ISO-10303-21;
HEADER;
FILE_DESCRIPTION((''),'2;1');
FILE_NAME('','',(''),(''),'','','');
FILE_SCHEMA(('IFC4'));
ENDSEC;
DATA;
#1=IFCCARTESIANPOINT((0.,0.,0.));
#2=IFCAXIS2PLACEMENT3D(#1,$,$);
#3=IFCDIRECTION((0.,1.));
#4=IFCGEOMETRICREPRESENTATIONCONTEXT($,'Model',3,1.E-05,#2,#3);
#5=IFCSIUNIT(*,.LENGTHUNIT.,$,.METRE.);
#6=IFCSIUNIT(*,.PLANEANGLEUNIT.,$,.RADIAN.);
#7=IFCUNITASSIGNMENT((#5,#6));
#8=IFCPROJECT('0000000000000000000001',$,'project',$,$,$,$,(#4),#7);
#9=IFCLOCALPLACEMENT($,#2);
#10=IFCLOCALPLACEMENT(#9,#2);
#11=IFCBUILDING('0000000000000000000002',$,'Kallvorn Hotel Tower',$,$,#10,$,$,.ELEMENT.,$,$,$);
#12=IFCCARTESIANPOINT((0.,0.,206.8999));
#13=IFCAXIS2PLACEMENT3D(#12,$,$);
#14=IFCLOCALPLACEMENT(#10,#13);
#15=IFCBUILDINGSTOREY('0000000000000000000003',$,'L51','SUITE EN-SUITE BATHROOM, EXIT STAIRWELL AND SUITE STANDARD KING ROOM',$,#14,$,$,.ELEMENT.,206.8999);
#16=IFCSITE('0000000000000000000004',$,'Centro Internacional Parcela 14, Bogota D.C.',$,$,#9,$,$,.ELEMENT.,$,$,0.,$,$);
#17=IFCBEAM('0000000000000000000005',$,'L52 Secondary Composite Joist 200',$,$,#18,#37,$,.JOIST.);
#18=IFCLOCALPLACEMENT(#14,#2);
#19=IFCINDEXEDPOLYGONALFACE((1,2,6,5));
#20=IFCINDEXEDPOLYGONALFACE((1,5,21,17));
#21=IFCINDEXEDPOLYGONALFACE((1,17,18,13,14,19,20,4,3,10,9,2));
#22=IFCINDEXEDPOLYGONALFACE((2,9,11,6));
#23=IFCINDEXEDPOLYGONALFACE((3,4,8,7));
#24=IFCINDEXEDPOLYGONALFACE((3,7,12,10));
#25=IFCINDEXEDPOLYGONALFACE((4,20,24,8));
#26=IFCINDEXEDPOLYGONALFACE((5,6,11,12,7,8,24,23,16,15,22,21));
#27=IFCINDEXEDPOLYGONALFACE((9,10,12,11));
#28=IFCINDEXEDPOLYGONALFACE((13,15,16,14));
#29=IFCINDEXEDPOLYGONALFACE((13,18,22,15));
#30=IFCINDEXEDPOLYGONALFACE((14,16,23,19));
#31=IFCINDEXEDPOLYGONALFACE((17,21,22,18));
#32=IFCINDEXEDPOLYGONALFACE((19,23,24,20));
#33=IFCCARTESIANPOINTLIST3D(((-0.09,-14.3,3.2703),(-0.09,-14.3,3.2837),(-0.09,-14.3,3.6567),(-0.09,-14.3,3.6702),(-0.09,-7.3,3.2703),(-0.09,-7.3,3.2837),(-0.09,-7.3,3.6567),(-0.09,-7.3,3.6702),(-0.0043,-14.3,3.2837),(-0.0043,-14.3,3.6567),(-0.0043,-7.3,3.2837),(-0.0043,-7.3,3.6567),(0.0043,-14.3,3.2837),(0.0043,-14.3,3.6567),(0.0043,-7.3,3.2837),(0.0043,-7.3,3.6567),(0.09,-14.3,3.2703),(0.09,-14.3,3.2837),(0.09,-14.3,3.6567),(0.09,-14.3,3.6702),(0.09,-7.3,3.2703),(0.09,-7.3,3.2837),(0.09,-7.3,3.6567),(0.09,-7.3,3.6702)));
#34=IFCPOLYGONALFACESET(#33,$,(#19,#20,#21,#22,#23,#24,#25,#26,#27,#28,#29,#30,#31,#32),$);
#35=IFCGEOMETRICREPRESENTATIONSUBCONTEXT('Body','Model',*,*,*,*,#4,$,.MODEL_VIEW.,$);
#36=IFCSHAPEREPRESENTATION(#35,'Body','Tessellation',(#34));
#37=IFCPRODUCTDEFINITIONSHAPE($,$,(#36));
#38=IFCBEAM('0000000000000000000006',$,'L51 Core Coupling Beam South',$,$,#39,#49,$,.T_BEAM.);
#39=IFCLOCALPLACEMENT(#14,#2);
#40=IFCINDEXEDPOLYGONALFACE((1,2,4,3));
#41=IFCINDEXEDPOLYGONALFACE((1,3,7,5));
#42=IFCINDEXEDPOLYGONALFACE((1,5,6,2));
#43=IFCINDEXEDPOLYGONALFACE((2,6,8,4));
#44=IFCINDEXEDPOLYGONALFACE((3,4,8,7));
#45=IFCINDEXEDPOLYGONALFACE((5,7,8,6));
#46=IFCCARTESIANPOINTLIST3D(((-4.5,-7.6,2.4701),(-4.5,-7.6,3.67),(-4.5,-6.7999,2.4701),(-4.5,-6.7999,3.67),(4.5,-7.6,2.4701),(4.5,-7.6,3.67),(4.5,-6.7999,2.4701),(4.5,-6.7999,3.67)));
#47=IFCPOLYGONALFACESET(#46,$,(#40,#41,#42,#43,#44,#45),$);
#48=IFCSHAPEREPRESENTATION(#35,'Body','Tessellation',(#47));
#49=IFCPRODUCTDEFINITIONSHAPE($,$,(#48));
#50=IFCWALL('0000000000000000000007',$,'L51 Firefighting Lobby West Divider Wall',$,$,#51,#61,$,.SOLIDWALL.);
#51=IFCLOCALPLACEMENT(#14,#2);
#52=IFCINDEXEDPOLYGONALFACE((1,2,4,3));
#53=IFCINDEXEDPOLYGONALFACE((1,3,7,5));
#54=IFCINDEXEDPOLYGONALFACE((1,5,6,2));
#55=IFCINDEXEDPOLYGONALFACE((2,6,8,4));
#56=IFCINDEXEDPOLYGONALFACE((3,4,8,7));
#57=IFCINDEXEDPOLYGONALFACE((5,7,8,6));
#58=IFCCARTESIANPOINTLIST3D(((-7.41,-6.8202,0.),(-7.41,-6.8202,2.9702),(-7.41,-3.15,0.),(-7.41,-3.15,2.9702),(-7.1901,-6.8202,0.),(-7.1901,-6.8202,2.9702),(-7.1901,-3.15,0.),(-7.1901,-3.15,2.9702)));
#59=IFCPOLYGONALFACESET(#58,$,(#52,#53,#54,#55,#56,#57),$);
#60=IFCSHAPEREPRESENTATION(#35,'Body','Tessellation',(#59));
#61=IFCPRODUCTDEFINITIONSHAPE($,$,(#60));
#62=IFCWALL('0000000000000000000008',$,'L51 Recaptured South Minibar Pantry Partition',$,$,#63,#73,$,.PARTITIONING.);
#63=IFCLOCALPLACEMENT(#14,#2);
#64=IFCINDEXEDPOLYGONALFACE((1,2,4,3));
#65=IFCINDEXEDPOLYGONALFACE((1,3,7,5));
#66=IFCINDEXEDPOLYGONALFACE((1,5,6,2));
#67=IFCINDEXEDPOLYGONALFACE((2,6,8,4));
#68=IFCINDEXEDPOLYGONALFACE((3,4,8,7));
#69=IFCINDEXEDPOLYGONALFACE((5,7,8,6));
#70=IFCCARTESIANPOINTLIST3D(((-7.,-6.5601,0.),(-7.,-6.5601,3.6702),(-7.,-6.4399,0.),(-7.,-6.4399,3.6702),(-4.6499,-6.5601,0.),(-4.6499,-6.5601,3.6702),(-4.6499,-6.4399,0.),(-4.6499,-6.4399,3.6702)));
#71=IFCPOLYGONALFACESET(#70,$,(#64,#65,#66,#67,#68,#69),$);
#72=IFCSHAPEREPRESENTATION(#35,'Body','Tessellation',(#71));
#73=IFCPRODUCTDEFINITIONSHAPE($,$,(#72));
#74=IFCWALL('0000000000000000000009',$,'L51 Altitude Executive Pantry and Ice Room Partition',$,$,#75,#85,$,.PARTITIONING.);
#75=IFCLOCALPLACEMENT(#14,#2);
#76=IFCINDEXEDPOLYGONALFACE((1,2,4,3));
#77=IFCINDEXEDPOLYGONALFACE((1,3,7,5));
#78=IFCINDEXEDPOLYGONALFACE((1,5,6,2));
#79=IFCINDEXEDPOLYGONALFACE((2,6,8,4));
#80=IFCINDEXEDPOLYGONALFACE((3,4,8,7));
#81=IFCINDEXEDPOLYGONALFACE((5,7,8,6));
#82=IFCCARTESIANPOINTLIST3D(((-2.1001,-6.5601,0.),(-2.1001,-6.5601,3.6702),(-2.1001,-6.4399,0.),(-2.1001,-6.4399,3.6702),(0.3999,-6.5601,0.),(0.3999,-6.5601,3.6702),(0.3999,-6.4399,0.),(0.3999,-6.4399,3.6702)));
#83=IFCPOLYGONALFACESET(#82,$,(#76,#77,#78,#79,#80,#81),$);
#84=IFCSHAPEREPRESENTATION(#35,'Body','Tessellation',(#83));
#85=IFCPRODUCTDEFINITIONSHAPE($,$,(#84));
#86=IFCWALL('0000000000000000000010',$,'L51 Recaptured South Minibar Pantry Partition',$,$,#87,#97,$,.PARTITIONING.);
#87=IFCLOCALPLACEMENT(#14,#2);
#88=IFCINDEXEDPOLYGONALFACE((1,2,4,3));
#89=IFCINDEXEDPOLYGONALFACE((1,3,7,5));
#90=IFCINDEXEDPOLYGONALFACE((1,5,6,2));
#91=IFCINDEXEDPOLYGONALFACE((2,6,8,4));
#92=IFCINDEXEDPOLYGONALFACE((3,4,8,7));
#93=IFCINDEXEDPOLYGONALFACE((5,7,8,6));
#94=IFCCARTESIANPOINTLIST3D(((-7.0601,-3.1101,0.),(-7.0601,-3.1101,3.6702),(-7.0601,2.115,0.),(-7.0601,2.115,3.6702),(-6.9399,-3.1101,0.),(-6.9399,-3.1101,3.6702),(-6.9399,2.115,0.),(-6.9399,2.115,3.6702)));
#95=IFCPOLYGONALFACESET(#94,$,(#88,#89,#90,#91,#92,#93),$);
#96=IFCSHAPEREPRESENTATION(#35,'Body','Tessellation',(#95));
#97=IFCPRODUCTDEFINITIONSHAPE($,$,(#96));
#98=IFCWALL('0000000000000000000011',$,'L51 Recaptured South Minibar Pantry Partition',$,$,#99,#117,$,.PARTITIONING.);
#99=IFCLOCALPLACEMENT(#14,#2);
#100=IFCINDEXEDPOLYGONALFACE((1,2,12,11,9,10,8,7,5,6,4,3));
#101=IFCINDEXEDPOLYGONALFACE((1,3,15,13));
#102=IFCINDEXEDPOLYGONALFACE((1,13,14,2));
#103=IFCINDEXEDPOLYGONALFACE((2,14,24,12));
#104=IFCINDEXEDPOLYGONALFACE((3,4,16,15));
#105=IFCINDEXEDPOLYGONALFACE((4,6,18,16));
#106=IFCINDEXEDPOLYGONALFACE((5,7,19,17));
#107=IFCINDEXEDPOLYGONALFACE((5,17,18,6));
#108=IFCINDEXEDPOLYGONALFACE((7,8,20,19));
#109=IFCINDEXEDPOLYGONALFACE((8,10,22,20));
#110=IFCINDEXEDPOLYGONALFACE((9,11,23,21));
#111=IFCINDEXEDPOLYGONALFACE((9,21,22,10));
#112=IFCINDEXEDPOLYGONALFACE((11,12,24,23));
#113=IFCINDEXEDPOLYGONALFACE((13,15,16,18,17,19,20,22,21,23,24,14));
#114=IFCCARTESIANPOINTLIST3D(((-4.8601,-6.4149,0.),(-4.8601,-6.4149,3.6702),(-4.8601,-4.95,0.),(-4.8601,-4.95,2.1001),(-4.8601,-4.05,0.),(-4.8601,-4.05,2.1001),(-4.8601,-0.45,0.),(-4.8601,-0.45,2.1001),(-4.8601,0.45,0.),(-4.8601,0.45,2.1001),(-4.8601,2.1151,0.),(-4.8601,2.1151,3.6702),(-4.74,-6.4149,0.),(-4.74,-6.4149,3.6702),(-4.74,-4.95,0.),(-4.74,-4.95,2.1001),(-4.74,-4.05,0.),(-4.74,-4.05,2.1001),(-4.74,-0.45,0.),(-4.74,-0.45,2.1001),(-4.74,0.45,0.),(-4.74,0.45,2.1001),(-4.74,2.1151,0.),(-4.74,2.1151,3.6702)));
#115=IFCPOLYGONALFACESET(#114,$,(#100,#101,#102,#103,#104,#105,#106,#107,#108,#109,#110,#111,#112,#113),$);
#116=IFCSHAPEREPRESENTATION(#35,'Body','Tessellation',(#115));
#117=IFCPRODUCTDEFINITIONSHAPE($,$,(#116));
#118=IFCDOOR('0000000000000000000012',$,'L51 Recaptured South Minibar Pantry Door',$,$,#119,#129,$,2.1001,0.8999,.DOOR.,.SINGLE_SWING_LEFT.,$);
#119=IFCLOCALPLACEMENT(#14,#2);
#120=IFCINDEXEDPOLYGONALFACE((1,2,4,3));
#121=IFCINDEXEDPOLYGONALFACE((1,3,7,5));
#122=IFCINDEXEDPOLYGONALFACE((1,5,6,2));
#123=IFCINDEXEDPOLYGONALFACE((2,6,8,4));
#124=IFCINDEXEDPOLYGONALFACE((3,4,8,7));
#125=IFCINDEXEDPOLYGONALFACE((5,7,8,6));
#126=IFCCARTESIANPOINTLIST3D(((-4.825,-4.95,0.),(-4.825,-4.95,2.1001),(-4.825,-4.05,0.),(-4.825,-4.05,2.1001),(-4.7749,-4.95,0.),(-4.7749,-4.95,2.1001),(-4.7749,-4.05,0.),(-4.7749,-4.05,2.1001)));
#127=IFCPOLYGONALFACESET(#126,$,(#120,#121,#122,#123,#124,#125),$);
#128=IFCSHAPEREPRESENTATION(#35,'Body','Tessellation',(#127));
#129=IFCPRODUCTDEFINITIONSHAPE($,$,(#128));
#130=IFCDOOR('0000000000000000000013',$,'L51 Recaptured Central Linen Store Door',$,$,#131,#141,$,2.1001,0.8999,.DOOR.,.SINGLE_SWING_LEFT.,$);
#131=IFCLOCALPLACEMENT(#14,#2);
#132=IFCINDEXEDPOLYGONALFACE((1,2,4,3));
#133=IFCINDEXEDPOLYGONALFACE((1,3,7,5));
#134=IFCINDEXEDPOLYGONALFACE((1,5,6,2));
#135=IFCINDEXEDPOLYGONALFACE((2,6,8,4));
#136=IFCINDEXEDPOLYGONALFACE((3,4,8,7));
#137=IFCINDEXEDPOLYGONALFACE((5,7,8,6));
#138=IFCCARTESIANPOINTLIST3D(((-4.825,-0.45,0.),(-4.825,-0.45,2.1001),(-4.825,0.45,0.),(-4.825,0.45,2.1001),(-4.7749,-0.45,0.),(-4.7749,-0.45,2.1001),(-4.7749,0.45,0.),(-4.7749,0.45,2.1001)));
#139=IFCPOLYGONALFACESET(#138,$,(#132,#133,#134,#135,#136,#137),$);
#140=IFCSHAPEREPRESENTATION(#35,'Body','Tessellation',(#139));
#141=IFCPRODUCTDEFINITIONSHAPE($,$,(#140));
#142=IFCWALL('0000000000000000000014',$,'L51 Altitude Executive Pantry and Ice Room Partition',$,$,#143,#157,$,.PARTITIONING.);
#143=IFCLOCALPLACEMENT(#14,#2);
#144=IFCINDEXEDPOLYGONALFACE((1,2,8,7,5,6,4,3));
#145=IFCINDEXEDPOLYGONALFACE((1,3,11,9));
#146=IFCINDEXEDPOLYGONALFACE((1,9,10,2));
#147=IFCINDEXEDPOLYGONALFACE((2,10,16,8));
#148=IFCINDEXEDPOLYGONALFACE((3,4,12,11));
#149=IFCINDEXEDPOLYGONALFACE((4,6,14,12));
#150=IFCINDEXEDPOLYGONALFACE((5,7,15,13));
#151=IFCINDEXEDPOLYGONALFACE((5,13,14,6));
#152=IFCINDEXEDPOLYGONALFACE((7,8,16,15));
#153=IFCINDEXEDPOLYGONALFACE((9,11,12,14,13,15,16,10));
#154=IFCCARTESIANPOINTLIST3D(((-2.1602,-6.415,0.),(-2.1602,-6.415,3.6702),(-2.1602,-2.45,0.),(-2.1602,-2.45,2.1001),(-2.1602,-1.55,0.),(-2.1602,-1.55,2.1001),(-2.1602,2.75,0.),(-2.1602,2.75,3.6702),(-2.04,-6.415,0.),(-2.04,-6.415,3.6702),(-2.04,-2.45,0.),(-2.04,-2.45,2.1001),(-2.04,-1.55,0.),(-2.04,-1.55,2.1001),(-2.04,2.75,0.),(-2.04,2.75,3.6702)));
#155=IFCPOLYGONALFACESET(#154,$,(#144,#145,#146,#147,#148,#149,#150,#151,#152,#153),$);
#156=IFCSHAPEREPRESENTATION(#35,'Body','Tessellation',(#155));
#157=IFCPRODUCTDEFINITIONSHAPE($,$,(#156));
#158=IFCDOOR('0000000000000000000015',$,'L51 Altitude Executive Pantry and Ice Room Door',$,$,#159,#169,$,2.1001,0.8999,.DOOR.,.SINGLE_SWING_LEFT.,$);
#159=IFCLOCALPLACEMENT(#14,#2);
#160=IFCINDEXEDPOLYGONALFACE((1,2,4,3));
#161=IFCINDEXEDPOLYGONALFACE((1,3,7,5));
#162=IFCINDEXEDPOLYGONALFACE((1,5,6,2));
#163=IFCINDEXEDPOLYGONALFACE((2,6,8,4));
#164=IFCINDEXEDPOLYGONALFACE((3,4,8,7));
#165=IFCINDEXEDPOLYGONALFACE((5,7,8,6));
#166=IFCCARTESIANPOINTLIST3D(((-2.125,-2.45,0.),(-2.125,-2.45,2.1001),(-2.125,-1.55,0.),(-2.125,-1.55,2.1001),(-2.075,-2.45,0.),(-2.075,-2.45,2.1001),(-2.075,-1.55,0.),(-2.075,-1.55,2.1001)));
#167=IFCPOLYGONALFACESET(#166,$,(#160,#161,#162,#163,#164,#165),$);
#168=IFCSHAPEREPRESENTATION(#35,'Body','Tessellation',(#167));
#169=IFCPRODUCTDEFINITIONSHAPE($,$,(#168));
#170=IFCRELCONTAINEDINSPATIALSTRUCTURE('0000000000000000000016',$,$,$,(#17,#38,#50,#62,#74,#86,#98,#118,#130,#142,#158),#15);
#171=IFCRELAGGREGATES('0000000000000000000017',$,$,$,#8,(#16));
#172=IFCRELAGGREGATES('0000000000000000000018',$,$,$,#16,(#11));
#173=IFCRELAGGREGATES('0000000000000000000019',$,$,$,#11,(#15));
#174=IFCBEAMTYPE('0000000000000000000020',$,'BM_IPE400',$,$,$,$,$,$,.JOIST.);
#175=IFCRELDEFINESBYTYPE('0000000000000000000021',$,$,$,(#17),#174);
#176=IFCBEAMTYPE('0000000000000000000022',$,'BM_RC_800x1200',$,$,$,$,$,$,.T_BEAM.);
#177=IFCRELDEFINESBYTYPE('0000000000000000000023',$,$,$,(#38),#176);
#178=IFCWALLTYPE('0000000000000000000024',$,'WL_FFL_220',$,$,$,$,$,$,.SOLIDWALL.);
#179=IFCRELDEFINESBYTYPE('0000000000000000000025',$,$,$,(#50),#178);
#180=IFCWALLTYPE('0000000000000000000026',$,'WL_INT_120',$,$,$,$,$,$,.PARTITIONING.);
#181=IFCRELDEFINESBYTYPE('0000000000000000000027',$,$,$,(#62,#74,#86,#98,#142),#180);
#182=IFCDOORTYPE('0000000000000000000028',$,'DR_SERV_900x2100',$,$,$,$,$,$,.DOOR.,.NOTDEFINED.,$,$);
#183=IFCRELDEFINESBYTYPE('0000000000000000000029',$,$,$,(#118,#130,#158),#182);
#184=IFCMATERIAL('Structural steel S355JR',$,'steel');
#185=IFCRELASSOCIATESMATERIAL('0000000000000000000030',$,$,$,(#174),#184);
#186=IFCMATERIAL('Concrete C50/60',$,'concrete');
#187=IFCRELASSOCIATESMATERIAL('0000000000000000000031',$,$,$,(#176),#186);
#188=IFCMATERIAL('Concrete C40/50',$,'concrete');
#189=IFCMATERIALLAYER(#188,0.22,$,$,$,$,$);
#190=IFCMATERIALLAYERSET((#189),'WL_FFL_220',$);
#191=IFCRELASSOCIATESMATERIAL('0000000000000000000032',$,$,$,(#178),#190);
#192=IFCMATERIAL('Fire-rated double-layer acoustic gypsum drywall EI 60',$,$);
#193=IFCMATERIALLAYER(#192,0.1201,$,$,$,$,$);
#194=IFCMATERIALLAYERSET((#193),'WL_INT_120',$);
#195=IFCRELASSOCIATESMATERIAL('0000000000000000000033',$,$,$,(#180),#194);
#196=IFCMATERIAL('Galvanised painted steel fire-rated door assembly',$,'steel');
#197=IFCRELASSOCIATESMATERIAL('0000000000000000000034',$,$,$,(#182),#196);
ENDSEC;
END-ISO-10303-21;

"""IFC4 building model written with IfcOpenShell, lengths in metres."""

from ifc_helpers import new_model, si_unit, direction, frame, frame_2d, origin, origin_2d, place, context, subcontext, project, spatial, rectangle, i_section, extrude, material, layer, layer_set, material_profile, profile_set, type_object, element, fill, save


model = new_model("IFC4")

# Units and contexts
model_context = context("Model", 3, precision=1e-05, world=origin(), true_north=direction((0.0, 1.0)))
body_context = subcontext(model_context, "Body", "Model", "MODEL_VIEW")
ifc_project = project(units=[si_unit("LENGTHUNIT", "METRE"), si_unit("PLANEANGLEUNIT", "RADIAN")], contexts=[model_context])

# Site, building, storey
site_placement = place(None, origin())
site = spatial("IfcSite", under=ifc_project, at=site_placement, Name="Centro Internacional Parcela 14, Bogota D.C.", CompositionType="ELEMENT", RefElevation=0.0)
building_placement = place(site_placement, origin())
building = spatial("IfcBuilding", under=site, at=building_placement, Name="Kallvorn Hotel Tower", CompositionType="ELEMENT")
storey_placement = place(building_placement, frame((0.0, 0.0, 206.8999)))
storey = spatial("IfcBuildingStorey", under=building, at=storey_placement, Name="L51", Description="SUITE EN-SUITE BATHROOM, EXIT STAIRWELL AND SUITE STANDARD KING ROOM", CompositionType="ELEMENT", Elevation=206.8999)

# Beams
ifc_material_1 = material(Name="Structural steel S355JR", Category="steel")
ifc_material_profile_1 = material_profile(ifc_material_1, i_section(OverallWidth=0.1799, OverallDepth=0.3999, WebThickness=0.0085, FlangeThickness=0.0134, at=origin_2d()), Name="IPE 400")
ifc_profile_set_1 = profile_set([ifc_material_profile_1], Name="Structural steel S355JR")
beam_type_1 = type_object("IfcBeamType", Name="BM_IPE400", PredefinedType="JOIST", material=ifc_profile_set_1)
for number, where, z_axis, x_axis, name in (
    (1, (0.0, -14.3, 3.4702), (0.0, 1.0, 0.0), (-1.0, 0.0, 0.0), "L52 Secondary Composite Joist 200"),
):
    element("IfcBeam", number, at=place(storey_placement, frame(where, z_axis=z_axis, x_axis=x_axis)), inside=storey, type_object=beam_type_1, Name=name, PredefinedType="JOIST", context=body_context, shape_type="SweptSolid", body=[
        extrude(i_section(OverallWidth=0.1799, OverallDepth=0.3999, WebThickness=0.0085, FlangeThickness=0.0134, at=origin_2d()), origin(), (0.0, 0.0, 1.0), 7.0),
    ])
ifc_material_2 = material(Name="Concrete C50/60", Category="concrete")
ifc_material_profile_2 = material_profile(ifc_material_2, rectangle(XDim=0.8, YDim=1.2, at=origin_2d()), Name="RC 800x1200")
ifc_profile_set_2 = profile_set([ifc_material_profile_2], Name="Concrete C50/60")
beam_type_2 = type_object("IfcBeamType", Name="BM_RC_800x1200", PredefinedType="T_BEAM", material=ifc_profile_set_2)
beam_1_placement = place(storey_placement, frame((-4.5, -7.2, 3.0701), z_axis=(1.0, 0.0, 0.0), x_axis=(0.0, 1.0, 0.0)))
element("IfcBeam", 2, at=beam_1_placement, inside=storey, type_object=beam_type_2, Name="L51 Core Coupling Beam South", PredefinedType="T_BEAM", context=body_context, shape_type="SweptSolid", body=[
    extrude(rectangle(XDim=0.8, YDim=1.2, at=origin_2d()), origin(), (0.0, 0.0, 1.0), 9.0),
])

# Walls
ifc_material_3 = material(Name="Concrete C40/50", Category="concrete")
ifc_layer_1 = layer(ifc_material_3, 0.22)
ifc_layer_set_1 = layer_set([ifc_layer_1], Name="WL_FFL_220")
wall_type_1 = type_object("IfcWallType", Name="WL_FFL_220", PredefinedType="SOLIDWALL", material=ifc_layer_set_1)
wall_1_placement = place(storey_placement, frame((-7.3, -6.8201, 0.0), z_axis=(0.0, 0.0, 1.0), x_axis=(0.0, 1.0, 0.0)))
element("IfcWall", 3, at=wall_1_placement, inside=storey, type_object=wall_type_1, Name="L51 Firefighting Lobby West Divider Wall", PredefinedType="SOLIDWALL", context=body_context, shape_type="SweptSolid", body=[
    extrude(rectangle(XDim=3.6702, YDim=0.22, at=frame_2d((1.835, 0.0))), origin(), (0.0, 0.0, 1.0), 2.9702),
])
ifc_material_4 = material(Name="Fire-rated double-layer acoustic gypsum drywall EI 60")
ifc_layer_2 = layer(ifc_material_4, 0.1201)
ifc_layer_set_2 = layer_set([ifc_layer_2], Name="WL_INT_120")
wall_type_2 = type_object("IfcWallType", Name="WL_INT_120", PredefinedType="PARTITIONING", material=ifc_layer_set_2)
wall_2_placement = place(storey_placement, frame((-7.0, -6.5, 0.0), z_axis=(0.0, 0.0, 1.0), x_axis=(1.0, 0.0, 0.0)))
element("IfcWall", 4, at=wall_2_placement, inside=storey, type_object=wall_type_2, Name="L51 Recaptured South Minibar Pantry Partition", PredefinedType="PARTITIONING", context=body_context, shape_type="SweptSolid", body=[
    extrude(rectangle(XDim=2.3501, YDim=0.1201, at=frame_2d((1.175, 0.0))), origin(), (0.0, 0.0, 1.0), 3.6702),
])
wall_3_placement = place(storey_placement, frame((-2.1001, -6.5, 0.0), z_axis=(0.0, 0.0, 1.0), x_axis=(1.0, 0.0, 0.0)))
element("IfcWall", 5, at=wall_3_placement, inside=storey, type_object=wall_type_2, Name="L51 Altitude Executive Pantry and Ice Room Partition", PredefinedType="PARTITIONING", context=body_context, shape_type="SweptSolid", body=[
    extrude(rectangle(XDim=2.5, YDim=0.1201, at=frame_2d((1.25, 0.0))), origin(), (0.0, 0.0, 1.0), 3.6702),
])
wall_4_placement = place(storey_placement, frame((-7.0, -3.1101, 0.0), z_axis=(0.0, 0.0, 1.0), x_axis=(0.0, 1.0, 0.0)))
element("IfcWall", 6, at=wall_4_placement, inside=storey, type_object=wall_type_2, Name="L51 Recaptured South Minibar Pantry Partition", PredefinedType="PARTITIONING", context=body_context, shape_type="SweptSolid", body=[
    extrude(rectangle(XDim=5.2251, YDim=0.1201, at=frame_2d((2.6125, 0.0))), origin(), (0.0, 0.0, 1.0), 3.6702),
])

# Wall, openings, doors
wall_5_placement = place(storey_placement, frame((-4.8, -6.415, 0.0), z_axis=(0.0, 0.0, 1.0), x_axis=(0.0, 1.0, 0.0)))
wall_5 = element("IfcWall", 7, at=wall_5_placement, inside=storey, type_object=wall_type_2, Name="L51 Recaptured South Minibar Pantry Partition", PredefinedType="PARTITIONING", context=body_context, shape_type="SweptSolid", body=[
    extrude(rectangle(XDim=8.53, YDim=0.1201, at=frame_2d((4.2651, 0.0))), origin(), (0.0, 0.0, 1.0), 3.6702),
])
opening_1_placement = place(wall_5_placement, frame((1.4651, 0.0, 0.0)))
opening_1 = element("IfcOpeningElement", 8, at=opening_1_placement, cuts=wall_5, PredefinedType="OPENING", context=body_context, shape_type="SweptSolid", body=[
    extrude(rectangle(XDim=0.8999, YDim=2.1001, at=frame_2d((0.45, 1.05))), frame((0.0, 0.075, 0.0), z_axis=(0.0, -1.0, 0.0), x_axis=(1.0, 0.0, 0.0)), (0.0, 0.0, 1.0), 0.1501),
])
opening_2_placement = place(wall_5_placement, frame((5.9651, 0.0, 0.0)))
opening_2 = element("IfcOpeningElement", 9, at=opening_2_placement, cuts=wall_5, PredefinedType="OPENING", context=body_context, shape_type="SweptSolid", body=[
    extrude(rectangle(XDim=0.8999, YDim=2.1001, at=frame_2d((0.45, 1.05))), frame((0.0, 0.075, 0.0), z_axis=(0.0, -1.0, 0.0), x_axis=(1.0, 0.0, 0.0)), (0.0, 0.0, 1.0), 0.1501),
])
ifc_material_5 = material(Name="Galvanised painted steel fire-rated door assembly", Category="steel")
door_type_1 = type_object("IfcDoorType", Name="DR_SERV_900x2100", OperationType="NOTDEFINED", PredefinedType="DOOR", material=ifc_material_5)
door_1_placement = place(opening_1_placement, origin())
door_1 = element("IfcDoor", 10, at=door_1_placement, inside=storey, type_object=door_type_1, Name="L51 Recaptured South Minibar Pantry Door", OperationType="SINGLE_SWING_LEFT", OverallHeight=2.1001, OverallWidth=0.8999, PredefinedType="DOOR", context=body_context, shape_type="SweptSolid", body=[
    extrude(rectangle(XDim=0.8999, YDim=2.1001, at=frame_2d((0.45, 1.05))), frame((0.0, 0.0249, 0.0), z_axis=(0.0, -1.0, 0.0), x_axis=(1.0, 0.0, 0.0)), (0.0, 0.0, 1.0), 0.05),
])
fill(opening_1, door_1)
door_2_placement = place(opening_2_placement, origin())
door_2 = element("IfcDoor", 11, at=door_2_placement, inside=storey, type_object=door_type_1, Name="L51 Recaptured Central Linen Store Door", OperationType="SINGLE_SWING_LEFT", OverallHeight=2.1001, OverallWidth=0.8999, PredefinedType="DOOR", context=body_context, shape_type="SweptSolid", body=[
    extrude(rectangle(XDim=0.8999, YDim=2.1001, at=frame_2d((0.45, 1.05))), frame((0.0, 0.0249, 0.0), z_axis=(0.0, -1.0, 0.0), x_axis=(1.0, 0.0, 0.0)), (0.0, 0.0, 1.0), 0.05),
])
fill(opening_2, door_2)

# Wall, opening, door
wall_6_placement = place(storey_placement, frame((-2.1001, -6.415, 0.0), z_axis=(0.0, 0.0, 1.0), x_axis=(0.0, 1.0, 0.0)))
wall_6 = element("IfcWall", 12, at=wall_6_placement, inside=storey, type_object=wall_type_2, Name="L51 Altitude Executive Pantry and Ice Room Partition", PredefinedType="PARTITIONING", context=body_context, shape_type="SweptSolid", body=[
    extrude(rectangle(XDim=9.165, YDim=0.1201, at=frame_2d((4.5825, 0.0))), origin(), (0.0, 0.0, 1.0), 3.6702),
])
opening_3_placement = place(wall_6_placement, frame((3.9651, 0.0, 0.0)))
opening_3 = element("IfcOpeningElement", 13, at=opening_3_placement, cuts=wall_6, PredefinedType="OPENING", context=body_context, shape_type="SweptSolid", body=[
    extrude(rectangle(XDim=0.8999, YDim=2.1001, at=frame_2d((0.45, 1.05))), frame((0.0, 0.075, 0.0), z_axis=(0.0, -1.0, 0.0), x_axis=(1.0, 0.0, 0.0)), (0.0, 0.0, 1.0), 0.1501),
])
door_3_placement = place(opening_3_placement, origin())
door_3 = element("IfcDoor", 14, at=door_3_placement, inside=storey, type_object=door_type_1, Name="L51 Altitude Executive Pantry and Ice Room Door", OperationType="SINGLE_SWING_LEFT", OverallHeight=2.1001, OverallWidth=0.8999, PredefinedType="DOOR", context=body_context, shape_type="SweptSolid", body=[
    extrude(rectangle(XDim=0.8999, YDim=2.1001, at=frame_2d((0.45, 1.05))), frame((0.0, 0.0249, 0.0), z_axis=(0.0, -1.0, 0.0), x_axis=(1.0, 0.0, 0.0)), (0.0, 0.0, 1.0), 0.05),
])
fill(opening_3, door_3)

save(model, "model.ifc")
